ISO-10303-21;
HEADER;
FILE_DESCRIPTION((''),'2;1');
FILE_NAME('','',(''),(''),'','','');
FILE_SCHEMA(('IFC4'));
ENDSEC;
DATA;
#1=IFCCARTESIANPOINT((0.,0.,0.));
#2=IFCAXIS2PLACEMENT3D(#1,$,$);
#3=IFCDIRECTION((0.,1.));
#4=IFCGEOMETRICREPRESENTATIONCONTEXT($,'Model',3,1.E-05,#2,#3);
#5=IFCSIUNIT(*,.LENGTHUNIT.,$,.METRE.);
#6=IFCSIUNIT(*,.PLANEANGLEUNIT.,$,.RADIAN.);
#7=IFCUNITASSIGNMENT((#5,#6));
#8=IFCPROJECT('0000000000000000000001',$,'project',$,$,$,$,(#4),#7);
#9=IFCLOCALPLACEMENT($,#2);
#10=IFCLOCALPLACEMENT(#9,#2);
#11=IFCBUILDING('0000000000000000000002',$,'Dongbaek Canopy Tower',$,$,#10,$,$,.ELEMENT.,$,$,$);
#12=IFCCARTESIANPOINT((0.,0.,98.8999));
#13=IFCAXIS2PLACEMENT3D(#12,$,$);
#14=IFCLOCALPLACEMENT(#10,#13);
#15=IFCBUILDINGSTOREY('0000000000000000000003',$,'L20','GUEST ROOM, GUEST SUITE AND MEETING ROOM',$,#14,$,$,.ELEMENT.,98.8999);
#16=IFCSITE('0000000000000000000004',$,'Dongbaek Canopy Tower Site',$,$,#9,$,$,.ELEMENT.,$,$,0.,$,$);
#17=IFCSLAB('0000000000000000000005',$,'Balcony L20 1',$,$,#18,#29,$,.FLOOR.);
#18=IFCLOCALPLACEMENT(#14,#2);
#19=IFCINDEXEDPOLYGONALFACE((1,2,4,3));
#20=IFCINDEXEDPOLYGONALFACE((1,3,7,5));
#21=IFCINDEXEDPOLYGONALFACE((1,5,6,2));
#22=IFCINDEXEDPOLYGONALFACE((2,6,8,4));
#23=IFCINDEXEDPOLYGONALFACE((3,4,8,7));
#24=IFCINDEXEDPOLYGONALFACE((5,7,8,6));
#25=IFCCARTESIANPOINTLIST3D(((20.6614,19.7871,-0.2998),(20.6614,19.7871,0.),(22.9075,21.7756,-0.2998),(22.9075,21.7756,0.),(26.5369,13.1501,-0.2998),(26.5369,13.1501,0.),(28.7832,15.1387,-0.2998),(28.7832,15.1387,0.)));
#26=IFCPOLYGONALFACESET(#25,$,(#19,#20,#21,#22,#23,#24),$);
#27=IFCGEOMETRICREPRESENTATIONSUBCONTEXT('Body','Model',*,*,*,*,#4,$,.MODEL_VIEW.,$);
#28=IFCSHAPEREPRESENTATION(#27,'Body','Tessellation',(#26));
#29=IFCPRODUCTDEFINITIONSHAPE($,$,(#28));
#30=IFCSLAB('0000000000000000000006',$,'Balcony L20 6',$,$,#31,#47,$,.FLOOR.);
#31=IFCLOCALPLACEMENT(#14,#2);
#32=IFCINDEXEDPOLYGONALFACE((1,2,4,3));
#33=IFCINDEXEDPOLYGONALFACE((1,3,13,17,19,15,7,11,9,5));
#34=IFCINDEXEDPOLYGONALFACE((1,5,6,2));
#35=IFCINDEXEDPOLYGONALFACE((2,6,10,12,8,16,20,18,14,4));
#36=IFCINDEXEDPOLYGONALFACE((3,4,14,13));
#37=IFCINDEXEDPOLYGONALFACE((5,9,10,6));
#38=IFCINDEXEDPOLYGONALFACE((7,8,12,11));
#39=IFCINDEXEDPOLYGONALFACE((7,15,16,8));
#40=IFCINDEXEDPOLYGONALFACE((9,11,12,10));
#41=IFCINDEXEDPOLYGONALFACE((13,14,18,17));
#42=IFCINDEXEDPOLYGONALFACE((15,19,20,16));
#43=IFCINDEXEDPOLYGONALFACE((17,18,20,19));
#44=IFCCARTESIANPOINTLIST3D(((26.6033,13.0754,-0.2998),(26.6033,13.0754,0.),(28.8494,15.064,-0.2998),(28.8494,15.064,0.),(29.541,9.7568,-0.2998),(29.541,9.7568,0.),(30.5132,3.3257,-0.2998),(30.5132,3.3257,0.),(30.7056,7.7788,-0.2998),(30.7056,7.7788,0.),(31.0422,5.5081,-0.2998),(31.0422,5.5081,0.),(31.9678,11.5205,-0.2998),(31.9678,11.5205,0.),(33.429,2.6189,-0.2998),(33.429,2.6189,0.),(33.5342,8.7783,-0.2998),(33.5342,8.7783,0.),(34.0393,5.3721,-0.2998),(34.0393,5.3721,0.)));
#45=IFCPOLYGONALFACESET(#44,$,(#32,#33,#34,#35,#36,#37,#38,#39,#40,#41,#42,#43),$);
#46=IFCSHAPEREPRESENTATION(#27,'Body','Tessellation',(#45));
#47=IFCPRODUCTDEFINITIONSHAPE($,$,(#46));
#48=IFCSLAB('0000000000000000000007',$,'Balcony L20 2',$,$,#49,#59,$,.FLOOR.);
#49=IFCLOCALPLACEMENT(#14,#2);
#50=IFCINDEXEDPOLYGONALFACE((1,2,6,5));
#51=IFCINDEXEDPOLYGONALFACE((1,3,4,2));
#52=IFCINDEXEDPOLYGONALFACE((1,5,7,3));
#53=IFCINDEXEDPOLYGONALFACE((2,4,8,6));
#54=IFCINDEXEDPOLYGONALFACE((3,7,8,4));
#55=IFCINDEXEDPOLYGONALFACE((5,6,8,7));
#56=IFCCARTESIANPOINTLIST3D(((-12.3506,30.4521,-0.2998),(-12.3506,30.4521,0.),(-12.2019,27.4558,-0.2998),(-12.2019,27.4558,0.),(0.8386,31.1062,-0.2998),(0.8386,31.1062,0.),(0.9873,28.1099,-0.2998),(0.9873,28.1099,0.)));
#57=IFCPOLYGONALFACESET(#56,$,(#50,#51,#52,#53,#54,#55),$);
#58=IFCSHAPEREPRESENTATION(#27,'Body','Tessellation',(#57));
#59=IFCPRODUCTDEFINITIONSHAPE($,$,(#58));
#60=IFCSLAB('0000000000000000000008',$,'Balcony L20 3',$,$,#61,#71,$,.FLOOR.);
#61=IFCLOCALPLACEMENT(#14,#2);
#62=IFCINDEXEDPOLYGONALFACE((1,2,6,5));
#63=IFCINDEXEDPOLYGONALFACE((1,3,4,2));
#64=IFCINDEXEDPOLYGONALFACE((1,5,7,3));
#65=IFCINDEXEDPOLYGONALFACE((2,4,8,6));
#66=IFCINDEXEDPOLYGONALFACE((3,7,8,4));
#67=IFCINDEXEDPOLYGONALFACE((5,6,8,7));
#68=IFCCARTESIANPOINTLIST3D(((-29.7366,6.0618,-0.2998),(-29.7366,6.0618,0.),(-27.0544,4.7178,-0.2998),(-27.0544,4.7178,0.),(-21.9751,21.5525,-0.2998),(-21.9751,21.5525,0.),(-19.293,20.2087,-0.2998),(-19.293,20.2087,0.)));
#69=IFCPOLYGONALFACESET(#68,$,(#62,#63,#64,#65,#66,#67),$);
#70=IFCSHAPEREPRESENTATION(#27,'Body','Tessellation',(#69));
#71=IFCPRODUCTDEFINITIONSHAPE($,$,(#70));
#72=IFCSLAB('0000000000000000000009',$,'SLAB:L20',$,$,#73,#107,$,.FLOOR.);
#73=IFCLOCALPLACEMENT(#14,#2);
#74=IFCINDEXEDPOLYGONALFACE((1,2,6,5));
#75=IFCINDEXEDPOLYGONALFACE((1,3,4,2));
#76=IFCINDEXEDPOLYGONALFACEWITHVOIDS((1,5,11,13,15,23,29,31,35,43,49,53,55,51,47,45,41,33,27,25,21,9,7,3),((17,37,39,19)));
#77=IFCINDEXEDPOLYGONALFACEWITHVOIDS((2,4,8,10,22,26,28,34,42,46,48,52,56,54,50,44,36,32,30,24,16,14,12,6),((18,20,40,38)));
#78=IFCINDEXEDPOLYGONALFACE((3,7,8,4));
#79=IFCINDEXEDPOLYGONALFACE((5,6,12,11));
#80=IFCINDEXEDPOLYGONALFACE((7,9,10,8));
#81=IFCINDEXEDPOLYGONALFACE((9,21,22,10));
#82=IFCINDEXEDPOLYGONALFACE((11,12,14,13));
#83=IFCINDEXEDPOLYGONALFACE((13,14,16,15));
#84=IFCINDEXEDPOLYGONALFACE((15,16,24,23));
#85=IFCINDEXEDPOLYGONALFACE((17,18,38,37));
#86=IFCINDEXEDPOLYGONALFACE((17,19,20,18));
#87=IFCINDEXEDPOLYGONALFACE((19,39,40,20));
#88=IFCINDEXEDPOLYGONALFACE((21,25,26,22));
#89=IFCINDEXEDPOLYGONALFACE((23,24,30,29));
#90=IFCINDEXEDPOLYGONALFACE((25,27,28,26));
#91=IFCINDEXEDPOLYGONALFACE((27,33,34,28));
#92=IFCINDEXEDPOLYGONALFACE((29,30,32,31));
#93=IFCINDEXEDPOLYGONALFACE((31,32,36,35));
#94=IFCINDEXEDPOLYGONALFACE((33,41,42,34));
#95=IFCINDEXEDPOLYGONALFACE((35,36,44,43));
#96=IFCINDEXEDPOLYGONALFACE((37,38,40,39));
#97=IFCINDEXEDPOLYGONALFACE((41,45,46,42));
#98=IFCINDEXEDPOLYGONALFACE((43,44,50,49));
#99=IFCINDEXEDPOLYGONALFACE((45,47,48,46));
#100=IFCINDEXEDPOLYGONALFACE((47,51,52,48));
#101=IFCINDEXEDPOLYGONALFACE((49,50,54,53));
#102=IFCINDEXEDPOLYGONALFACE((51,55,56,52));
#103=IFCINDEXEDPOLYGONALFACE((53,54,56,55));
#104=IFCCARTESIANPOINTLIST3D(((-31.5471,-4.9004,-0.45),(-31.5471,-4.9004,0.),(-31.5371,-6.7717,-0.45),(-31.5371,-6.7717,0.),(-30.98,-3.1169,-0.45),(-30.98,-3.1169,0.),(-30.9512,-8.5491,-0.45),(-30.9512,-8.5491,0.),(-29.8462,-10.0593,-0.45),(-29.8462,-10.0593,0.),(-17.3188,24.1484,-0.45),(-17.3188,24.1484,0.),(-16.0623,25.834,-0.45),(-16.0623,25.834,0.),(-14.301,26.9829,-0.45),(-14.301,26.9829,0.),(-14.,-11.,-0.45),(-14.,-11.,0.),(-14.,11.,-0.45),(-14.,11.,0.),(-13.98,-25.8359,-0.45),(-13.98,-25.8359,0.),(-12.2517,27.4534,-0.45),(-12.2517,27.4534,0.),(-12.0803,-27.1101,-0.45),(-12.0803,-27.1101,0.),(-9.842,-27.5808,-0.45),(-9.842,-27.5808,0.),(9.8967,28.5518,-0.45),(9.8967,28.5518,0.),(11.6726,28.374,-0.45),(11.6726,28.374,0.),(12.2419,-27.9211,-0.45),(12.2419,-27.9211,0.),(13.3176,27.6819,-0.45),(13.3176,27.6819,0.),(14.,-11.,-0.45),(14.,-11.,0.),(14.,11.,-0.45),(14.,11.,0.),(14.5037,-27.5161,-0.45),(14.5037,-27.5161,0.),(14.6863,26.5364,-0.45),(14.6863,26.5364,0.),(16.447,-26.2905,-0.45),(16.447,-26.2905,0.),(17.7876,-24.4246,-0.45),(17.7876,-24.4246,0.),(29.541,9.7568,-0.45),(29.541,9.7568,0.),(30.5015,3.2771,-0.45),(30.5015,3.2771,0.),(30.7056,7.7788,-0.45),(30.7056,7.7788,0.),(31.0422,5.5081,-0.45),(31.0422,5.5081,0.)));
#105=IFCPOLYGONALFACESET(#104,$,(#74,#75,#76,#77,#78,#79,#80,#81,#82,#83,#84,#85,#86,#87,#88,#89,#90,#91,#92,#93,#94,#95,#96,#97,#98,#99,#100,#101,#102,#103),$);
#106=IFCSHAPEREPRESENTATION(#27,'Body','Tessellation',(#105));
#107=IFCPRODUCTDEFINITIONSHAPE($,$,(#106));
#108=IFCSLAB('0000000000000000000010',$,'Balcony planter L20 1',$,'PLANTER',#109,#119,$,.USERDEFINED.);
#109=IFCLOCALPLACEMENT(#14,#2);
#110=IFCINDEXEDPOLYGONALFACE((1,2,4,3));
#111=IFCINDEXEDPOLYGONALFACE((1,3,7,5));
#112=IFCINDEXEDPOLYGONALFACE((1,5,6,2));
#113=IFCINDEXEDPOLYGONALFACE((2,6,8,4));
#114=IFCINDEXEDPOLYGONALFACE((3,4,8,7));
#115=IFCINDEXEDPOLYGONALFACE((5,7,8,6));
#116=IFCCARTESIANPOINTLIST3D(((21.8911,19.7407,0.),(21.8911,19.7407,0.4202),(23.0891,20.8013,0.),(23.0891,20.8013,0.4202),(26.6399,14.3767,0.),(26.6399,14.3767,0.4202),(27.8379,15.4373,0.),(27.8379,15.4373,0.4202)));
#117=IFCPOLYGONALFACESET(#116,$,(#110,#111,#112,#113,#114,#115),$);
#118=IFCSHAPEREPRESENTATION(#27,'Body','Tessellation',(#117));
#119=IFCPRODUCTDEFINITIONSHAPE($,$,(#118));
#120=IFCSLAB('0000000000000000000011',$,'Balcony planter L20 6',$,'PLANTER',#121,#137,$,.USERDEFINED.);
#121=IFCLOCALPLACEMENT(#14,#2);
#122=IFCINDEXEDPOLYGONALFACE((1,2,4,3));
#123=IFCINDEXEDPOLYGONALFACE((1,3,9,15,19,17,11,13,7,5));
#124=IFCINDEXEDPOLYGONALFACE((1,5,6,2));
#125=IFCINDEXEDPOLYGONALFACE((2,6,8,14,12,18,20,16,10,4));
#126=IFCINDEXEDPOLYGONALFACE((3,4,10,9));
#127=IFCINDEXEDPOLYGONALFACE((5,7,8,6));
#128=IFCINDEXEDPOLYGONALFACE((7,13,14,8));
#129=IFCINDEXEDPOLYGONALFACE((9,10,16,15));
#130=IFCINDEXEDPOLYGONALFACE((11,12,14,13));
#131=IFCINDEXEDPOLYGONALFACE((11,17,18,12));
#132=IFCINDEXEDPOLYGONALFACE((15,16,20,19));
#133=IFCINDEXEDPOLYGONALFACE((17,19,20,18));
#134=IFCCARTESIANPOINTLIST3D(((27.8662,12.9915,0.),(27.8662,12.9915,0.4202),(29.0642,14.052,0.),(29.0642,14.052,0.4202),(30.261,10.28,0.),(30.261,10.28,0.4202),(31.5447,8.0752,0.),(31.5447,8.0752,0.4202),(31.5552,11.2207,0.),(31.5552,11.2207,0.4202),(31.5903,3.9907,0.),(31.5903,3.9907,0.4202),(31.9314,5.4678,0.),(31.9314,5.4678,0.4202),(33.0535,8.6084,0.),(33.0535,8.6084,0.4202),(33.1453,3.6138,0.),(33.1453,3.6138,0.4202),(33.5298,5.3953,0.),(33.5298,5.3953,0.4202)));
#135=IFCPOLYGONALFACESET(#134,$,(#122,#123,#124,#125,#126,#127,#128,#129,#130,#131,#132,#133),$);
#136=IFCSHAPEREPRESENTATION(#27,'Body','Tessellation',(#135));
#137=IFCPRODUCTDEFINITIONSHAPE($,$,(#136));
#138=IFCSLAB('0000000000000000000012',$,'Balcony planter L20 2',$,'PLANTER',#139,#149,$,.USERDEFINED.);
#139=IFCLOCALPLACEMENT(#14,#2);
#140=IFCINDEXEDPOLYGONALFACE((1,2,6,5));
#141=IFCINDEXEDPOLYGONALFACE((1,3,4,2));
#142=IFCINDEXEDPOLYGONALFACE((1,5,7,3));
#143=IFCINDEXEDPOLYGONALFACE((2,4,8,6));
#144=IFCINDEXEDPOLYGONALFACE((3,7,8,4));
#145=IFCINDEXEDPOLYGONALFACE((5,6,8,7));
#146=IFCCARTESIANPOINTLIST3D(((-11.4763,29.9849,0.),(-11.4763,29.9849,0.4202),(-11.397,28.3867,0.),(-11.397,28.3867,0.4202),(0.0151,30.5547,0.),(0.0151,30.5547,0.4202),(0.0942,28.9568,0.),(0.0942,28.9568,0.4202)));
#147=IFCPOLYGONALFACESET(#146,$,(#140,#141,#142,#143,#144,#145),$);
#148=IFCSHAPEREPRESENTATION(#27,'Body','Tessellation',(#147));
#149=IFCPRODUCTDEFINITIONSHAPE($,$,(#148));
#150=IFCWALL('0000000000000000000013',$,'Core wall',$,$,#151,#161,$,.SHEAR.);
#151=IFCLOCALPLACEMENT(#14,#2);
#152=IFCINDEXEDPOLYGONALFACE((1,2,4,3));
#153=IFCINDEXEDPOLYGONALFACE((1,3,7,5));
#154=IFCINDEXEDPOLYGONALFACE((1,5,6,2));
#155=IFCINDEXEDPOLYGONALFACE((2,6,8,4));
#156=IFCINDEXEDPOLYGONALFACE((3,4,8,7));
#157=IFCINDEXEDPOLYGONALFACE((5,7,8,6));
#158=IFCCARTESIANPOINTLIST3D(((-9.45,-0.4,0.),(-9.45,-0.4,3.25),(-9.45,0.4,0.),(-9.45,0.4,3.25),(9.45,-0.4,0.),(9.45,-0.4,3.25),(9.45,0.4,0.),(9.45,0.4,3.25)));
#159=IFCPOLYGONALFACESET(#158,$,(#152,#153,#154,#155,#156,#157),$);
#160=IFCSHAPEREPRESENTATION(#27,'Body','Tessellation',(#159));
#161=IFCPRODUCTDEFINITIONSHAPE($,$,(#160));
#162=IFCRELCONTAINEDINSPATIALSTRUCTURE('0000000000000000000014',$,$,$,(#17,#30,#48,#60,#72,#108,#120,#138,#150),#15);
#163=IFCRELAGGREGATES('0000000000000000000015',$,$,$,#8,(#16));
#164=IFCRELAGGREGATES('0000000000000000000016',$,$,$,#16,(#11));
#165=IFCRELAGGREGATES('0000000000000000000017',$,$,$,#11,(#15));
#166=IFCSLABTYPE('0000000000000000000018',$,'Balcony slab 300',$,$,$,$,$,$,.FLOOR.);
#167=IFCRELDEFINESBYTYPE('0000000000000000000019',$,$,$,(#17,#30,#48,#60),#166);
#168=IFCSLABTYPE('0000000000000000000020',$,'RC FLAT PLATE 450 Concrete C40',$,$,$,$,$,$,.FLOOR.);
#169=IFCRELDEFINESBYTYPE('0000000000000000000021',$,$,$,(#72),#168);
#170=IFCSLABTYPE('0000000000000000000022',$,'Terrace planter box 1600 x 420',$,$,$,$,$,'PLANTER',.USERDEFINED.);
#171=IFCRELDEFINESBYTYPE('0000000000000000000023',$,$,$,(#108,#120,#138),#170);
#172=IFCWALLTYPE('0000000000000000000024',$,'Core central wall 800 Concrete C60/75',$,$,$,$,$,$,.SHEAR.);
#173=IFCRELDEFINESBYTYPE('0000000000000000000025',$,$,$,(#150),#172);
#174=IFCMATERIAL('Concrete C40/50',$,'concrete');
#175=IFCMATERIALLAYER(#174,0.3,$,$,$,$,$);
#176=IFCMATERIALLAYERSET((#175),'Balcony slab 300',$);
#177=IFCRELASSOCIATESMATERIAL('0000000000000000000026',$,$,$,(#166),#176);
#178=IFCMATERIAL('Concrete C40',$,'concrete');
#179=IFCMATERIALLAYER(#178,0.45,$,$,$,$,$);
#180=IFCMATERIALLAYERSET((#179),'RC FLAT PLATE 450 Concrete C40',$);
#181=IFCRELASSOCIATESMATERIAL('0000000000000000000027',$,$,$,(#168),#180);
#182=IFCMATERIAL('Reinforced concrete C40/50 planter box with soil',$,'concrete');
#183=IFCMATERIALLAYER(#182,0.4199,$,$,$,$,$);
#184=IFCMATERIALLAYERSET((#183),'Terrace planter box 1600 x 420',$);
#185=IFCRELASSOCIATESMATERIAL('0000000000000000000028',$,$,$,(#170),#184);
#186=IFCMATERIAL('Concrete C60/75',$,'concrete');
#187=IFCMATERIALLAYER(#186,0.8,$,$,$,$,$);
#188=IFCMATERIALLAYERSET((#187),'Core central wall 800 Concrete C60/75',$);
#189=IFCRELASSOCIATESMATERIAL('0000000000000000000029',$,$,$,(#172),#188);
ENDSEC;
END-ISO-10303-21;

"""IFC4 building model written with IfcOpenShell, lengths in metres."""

from ifc_helpers import new_model, si_unit, direction, frame, frame_2d, origin, place, context, subcontext, project, spatial, polyline, rectangle, outline, extrude, material, layer, layer_set, type_object, element, save


model = new_model("IFC4")

# Units and contexts
model_context = context("Model", 3, precision=1e-05, world=origin(), true_north=direction((0.0, 1.0)))
body_context = subcontext(model_context, "Body", "Model", "MODEL_VIEW")
ifc_project = project(units=[si_unit("LENGTHUNIT", "METRE"), si_unit("PLANEANGLEUNIT", "RADIAN")], contexts=[model_context])

# Site, building, storey
site_placement = place(None, origin())
site = spatial("IfcSite", under=ifc_project, at=site_placement, Name="Dongbaek Canopy Tower Site", CompositionType="ELEMENT", RefElevation=0.0)
building_placement = place(site_placement, origin())
building = spatial("IfcBuilding", under=site, at=building_placement, Name="Dongbaek Canopy Tower", CompositionType="ELEMENT")
storey_placement = place(building_placement, frame((0.0, 0.0, 98.8999)))
storey = spatial("IfcBuildingStorey", under=building, at=storey_placement, Name="L20", Description="GUEST ROOM, GUEST SUITE AND MEETING ROOM", CompositionType="ELEMENT", Elevation=98.8999)

# Slabs
ifc_material_1 = material(Name="Concrete C40/50", Category="concrete")
ifc_layer_1 = layer(ifc_material_1, 0.3)
ifc_layer_set_1 = layer_set([ifc_layer_1], Name="Balcony slab 300")
slab_type_1 = type_object("IfcSlabType", Name="Balcony slab 300", PredefinedType="FLOOR", material=ifc_layer_set_1)
slab_1_placement = place(storey_placement, frame((0.0, 0.0, -0.2998)))
element("IfcSlab", 1, at=slab_1_placement, inside=storey, type_object=slab_type_1, Name="Balcony L20 1", PredefinedType="FLOOR", context=body_context, shape_type="SweptSolid", body=[
    extrude(outline(polyline([(26.5369, 13.1501), (20.6614, 19.7871), (22.9075, 21.7756), (28.7832, 15.1387), (26.5369, 13.1501)])), origin(), (0.0, 0.0, 1.0), 0.2998),
])
slab_2_placement = place(storey_placement, frame((0.0, 0.0, -0.2998)))
element("IfcSlab", 2, at=slab_2_placement, inside=storey, type_object=slab_type_1, Name="Balcony L20 6", PredefinedType="FLOOR", context=body_context, shape_type="SweptSolid", body=[
    extrude(outline(polyline([(30.5132, 3.3257), (31.0422, 5.5081), (30.7056, 7.7788), (29.541, 9.7568), (26.6033, 13.0754), (28.8494, 15.064), (31.9678, 11.5205), (33.5342, 8.7783), (34.0393, 5.3721), (33.429, 2.6189), (30.5132, 3.3257)])), origin(), (0.0, 0.0, 1.0), 0.2998),
])
slab_3_placement = place(storey_placement, frame((0.0, 0.0, -0.2998)))
element("IfcSlab", 3, at=slab_3_placement, inside=storey, type_object=slab_type_1, Name="Balcony L20 2", PredefinedType="FLOOR", context=body_context, shape_type="SweptSolid", body=[
    extrude(outline(polyline([(0.9873, 28.1099), (-12.2019, 27.4558), (-12.3506, 30.4521), (0.8386, 31.1062), (0.9873, 28.1099)])), origin(), (0.0, 0.0, 1.0), 0.2998),
])
slab_4_placement = place(storey_placement, frame((0.0, 0.0, -0.2998)))
element("IfcSlab", 4, at=slab_4_placement, inside=storey, type_object=slab_type_1, Name="Balcony L20 3", PredefinedType="FLOOR", context=body_context, shape_type="SweptSolid", body=[
    extrude(outline(polyline([(-19.293, 20.2087), (-27.0544, 4.7178), (-29.7366, 6.0618), (-21.9751, 21.5525), (-19.293, 20.2087)])), origin(), (0.0, 0.0, 1.0), 0.2998),
])
ifc_material_2 = material(Name="Concrete C40", Category="concrete")
ifc_layer_2 = layer(ifc_material_2, 0.45)
ifc_layer_set_2 = layer_set([ifc_layer_2], Name="RC FLAT PLATE 450 Concrete C40")
slab_type_2 = type_object("IfcSlabType", Name="RC FLAT PLATE 450 Concrete C40", PredefinedType="FLOOR", material=ifc_layer_set_2)
slab_5_placement = place(storey_placement, frame((0.0, 0.0, -0.45)))
element("IfcSlab", 5, at=slab_5_placement, inside=storey, type_object=slab_type_2, Name="SLAB:L20", PredefinedType="FLOOR", context=body_context, shape_type="SweptSolid", body=[
    extrude(outline(polyline([(17.7876, -24.4246), (16.447, -26.2905), (14.5037, -27.5161), (12.2419, -27.9211), (-9.842, -27.5808), (-12.0803, -27.1101), (-13.98, -25.8359), (-29.8462, -10.0593), (-30.9512, -8.5491), (-31.5371, -6.7717), (-31.5471, -4.9004), (-30.98, -3.1169), (-17.3188, 24.1484), (-16.0623, 25.834), (-14.301, 26.9829), (-12.2517, 27.4534), (9.8967, 28.5518), (11.6726, 28.374), (13.3176, 27.6819), (14.6863, 26.5364), (29.541, 9.7568), (30.7056, 7.7788), (31.0422, 5.5081), (30.5015, 3.2771), (17.7876, -24.4246)]), holes=[polyline([(14.0, 11.0), (-14.0, 11.0), (-14.0, -11.0), (14.0, -11.0), (14.0, 11.0)])]), origin(), (0.0, 0.0, 1.0), 0.45),
])
ifc_material_3 = material(Name="Reinforced concrete C40/50 planter box with soil", Category="concrete")
ifc_layer_3 = layer(ifc_material_3, 0.4199)
ifc_layer_set_3 = layer_set([ifc_layer_3], Name="Terrace planter box 1600 x 420")
slab_type_3 = type_object("IfcSlabType", Name="Terrace planter box 1600 x 420", ElementType="PLANTER", PredefinedType="USERDEFINED", material=ifc_layer_set_3)
slab_6_placement = place(storey_placement, origin())
element("IfcSlab", 6, at=slab_6_placement, inside=storey, type_object=slab_type_3, Name="Balcony planter L20 1", ObjectType="PLANTER", PredefinedType="USERDEFINED", context=body_context, shape_type="SweptSolid", body=[
    extrude(outline(polyline([(26.6399, 14.3767), (21.8911, 19.7407), (23.0891, 20.8013), (27.8379, 15.4373), (26.6399, 14.3767)])), origin(), (0.0, 0.0, 1.0), 0.4202),
])
slab_7_placement = place(storey_placement, origin())
element("IfcSlab", 7, at=slab_7_placement, inside=storey, type_object=slab_type_3, Name="Balcony planter L20 6", ObjectType="PLANTER", PredefinedType="USERDEFINED", context=body_context, shape_type="SweptSolid", body=[
    extrude(outline(polyline([(31.5903, 3.9907), (31.9314, 5.4678), (31.5447, 8.0752), (30.261, 10.28), (27.8662, 12.9915), (29.0642, 14.052), (31.5552, 11.2207), (33.0535, 8.6084), (33.5298, 5.3953), (33.1453, 3.6138), (31.5903, 3.9907)])), origin(), (0.0, 0.0, 1.0), 0.4202),
])
slab_8_placement = place(storey_placement, origin())
element("IfcSlab", 8, at=slab_8_placement, inside=storey, type_object=slab_type_3, Name="Balcony planter L20 2", ObjectType="PLANTER", PredefinedType="USERDEFINED", context=body_context, shape_type="SweptSolid", body=[
    extrude(outline(polyline([(0.0942, 28.9568), (-11.397, 28.3867), (-11.4763, 29.9849), (0.0151, 30.5547), (0.0942, 28.9568)])), origin(), (0.0, 0.0, 1.0), 0.4202),
])

# Wall
ifc_material_4 = material(Name="Concrete C60/75", Category="concrete")
ifc_layer_4 = layer(ifc_material_4, 0.8)
ifc_layer_set_4 = layer_set([ifc_layer_4], Name="Core central wall 800 Concrete C60/75")
wall_type_1 = type_object("IfcWallType", Name="Core central wall 800 Concrete C60/75", PredefinedType="SHEAR", material=ifc_layer_set_4)
wall_1_placement = place(storey_placement, frame((-9.45, 0.0, 0.0), z_axis=(0.0, 0.0, 1.0), x_axis=(1.0, 0.0, 0.0)))
element("IfcWall", 9, at=wall_1_placement, inside=storey, type_object=wall_type_1, Name="Core wall", PredefinedType="SHEAR", context=body_context, shape_type="SweptSolid", body=[
    extrude(rectangle(XDim=18.8999, YDim=0.8, at=frame_2d((9.45, 0.0))), origin(), (0.0, 0.0, 1.0), 3.25),
])

save(model, "model.ifc")
